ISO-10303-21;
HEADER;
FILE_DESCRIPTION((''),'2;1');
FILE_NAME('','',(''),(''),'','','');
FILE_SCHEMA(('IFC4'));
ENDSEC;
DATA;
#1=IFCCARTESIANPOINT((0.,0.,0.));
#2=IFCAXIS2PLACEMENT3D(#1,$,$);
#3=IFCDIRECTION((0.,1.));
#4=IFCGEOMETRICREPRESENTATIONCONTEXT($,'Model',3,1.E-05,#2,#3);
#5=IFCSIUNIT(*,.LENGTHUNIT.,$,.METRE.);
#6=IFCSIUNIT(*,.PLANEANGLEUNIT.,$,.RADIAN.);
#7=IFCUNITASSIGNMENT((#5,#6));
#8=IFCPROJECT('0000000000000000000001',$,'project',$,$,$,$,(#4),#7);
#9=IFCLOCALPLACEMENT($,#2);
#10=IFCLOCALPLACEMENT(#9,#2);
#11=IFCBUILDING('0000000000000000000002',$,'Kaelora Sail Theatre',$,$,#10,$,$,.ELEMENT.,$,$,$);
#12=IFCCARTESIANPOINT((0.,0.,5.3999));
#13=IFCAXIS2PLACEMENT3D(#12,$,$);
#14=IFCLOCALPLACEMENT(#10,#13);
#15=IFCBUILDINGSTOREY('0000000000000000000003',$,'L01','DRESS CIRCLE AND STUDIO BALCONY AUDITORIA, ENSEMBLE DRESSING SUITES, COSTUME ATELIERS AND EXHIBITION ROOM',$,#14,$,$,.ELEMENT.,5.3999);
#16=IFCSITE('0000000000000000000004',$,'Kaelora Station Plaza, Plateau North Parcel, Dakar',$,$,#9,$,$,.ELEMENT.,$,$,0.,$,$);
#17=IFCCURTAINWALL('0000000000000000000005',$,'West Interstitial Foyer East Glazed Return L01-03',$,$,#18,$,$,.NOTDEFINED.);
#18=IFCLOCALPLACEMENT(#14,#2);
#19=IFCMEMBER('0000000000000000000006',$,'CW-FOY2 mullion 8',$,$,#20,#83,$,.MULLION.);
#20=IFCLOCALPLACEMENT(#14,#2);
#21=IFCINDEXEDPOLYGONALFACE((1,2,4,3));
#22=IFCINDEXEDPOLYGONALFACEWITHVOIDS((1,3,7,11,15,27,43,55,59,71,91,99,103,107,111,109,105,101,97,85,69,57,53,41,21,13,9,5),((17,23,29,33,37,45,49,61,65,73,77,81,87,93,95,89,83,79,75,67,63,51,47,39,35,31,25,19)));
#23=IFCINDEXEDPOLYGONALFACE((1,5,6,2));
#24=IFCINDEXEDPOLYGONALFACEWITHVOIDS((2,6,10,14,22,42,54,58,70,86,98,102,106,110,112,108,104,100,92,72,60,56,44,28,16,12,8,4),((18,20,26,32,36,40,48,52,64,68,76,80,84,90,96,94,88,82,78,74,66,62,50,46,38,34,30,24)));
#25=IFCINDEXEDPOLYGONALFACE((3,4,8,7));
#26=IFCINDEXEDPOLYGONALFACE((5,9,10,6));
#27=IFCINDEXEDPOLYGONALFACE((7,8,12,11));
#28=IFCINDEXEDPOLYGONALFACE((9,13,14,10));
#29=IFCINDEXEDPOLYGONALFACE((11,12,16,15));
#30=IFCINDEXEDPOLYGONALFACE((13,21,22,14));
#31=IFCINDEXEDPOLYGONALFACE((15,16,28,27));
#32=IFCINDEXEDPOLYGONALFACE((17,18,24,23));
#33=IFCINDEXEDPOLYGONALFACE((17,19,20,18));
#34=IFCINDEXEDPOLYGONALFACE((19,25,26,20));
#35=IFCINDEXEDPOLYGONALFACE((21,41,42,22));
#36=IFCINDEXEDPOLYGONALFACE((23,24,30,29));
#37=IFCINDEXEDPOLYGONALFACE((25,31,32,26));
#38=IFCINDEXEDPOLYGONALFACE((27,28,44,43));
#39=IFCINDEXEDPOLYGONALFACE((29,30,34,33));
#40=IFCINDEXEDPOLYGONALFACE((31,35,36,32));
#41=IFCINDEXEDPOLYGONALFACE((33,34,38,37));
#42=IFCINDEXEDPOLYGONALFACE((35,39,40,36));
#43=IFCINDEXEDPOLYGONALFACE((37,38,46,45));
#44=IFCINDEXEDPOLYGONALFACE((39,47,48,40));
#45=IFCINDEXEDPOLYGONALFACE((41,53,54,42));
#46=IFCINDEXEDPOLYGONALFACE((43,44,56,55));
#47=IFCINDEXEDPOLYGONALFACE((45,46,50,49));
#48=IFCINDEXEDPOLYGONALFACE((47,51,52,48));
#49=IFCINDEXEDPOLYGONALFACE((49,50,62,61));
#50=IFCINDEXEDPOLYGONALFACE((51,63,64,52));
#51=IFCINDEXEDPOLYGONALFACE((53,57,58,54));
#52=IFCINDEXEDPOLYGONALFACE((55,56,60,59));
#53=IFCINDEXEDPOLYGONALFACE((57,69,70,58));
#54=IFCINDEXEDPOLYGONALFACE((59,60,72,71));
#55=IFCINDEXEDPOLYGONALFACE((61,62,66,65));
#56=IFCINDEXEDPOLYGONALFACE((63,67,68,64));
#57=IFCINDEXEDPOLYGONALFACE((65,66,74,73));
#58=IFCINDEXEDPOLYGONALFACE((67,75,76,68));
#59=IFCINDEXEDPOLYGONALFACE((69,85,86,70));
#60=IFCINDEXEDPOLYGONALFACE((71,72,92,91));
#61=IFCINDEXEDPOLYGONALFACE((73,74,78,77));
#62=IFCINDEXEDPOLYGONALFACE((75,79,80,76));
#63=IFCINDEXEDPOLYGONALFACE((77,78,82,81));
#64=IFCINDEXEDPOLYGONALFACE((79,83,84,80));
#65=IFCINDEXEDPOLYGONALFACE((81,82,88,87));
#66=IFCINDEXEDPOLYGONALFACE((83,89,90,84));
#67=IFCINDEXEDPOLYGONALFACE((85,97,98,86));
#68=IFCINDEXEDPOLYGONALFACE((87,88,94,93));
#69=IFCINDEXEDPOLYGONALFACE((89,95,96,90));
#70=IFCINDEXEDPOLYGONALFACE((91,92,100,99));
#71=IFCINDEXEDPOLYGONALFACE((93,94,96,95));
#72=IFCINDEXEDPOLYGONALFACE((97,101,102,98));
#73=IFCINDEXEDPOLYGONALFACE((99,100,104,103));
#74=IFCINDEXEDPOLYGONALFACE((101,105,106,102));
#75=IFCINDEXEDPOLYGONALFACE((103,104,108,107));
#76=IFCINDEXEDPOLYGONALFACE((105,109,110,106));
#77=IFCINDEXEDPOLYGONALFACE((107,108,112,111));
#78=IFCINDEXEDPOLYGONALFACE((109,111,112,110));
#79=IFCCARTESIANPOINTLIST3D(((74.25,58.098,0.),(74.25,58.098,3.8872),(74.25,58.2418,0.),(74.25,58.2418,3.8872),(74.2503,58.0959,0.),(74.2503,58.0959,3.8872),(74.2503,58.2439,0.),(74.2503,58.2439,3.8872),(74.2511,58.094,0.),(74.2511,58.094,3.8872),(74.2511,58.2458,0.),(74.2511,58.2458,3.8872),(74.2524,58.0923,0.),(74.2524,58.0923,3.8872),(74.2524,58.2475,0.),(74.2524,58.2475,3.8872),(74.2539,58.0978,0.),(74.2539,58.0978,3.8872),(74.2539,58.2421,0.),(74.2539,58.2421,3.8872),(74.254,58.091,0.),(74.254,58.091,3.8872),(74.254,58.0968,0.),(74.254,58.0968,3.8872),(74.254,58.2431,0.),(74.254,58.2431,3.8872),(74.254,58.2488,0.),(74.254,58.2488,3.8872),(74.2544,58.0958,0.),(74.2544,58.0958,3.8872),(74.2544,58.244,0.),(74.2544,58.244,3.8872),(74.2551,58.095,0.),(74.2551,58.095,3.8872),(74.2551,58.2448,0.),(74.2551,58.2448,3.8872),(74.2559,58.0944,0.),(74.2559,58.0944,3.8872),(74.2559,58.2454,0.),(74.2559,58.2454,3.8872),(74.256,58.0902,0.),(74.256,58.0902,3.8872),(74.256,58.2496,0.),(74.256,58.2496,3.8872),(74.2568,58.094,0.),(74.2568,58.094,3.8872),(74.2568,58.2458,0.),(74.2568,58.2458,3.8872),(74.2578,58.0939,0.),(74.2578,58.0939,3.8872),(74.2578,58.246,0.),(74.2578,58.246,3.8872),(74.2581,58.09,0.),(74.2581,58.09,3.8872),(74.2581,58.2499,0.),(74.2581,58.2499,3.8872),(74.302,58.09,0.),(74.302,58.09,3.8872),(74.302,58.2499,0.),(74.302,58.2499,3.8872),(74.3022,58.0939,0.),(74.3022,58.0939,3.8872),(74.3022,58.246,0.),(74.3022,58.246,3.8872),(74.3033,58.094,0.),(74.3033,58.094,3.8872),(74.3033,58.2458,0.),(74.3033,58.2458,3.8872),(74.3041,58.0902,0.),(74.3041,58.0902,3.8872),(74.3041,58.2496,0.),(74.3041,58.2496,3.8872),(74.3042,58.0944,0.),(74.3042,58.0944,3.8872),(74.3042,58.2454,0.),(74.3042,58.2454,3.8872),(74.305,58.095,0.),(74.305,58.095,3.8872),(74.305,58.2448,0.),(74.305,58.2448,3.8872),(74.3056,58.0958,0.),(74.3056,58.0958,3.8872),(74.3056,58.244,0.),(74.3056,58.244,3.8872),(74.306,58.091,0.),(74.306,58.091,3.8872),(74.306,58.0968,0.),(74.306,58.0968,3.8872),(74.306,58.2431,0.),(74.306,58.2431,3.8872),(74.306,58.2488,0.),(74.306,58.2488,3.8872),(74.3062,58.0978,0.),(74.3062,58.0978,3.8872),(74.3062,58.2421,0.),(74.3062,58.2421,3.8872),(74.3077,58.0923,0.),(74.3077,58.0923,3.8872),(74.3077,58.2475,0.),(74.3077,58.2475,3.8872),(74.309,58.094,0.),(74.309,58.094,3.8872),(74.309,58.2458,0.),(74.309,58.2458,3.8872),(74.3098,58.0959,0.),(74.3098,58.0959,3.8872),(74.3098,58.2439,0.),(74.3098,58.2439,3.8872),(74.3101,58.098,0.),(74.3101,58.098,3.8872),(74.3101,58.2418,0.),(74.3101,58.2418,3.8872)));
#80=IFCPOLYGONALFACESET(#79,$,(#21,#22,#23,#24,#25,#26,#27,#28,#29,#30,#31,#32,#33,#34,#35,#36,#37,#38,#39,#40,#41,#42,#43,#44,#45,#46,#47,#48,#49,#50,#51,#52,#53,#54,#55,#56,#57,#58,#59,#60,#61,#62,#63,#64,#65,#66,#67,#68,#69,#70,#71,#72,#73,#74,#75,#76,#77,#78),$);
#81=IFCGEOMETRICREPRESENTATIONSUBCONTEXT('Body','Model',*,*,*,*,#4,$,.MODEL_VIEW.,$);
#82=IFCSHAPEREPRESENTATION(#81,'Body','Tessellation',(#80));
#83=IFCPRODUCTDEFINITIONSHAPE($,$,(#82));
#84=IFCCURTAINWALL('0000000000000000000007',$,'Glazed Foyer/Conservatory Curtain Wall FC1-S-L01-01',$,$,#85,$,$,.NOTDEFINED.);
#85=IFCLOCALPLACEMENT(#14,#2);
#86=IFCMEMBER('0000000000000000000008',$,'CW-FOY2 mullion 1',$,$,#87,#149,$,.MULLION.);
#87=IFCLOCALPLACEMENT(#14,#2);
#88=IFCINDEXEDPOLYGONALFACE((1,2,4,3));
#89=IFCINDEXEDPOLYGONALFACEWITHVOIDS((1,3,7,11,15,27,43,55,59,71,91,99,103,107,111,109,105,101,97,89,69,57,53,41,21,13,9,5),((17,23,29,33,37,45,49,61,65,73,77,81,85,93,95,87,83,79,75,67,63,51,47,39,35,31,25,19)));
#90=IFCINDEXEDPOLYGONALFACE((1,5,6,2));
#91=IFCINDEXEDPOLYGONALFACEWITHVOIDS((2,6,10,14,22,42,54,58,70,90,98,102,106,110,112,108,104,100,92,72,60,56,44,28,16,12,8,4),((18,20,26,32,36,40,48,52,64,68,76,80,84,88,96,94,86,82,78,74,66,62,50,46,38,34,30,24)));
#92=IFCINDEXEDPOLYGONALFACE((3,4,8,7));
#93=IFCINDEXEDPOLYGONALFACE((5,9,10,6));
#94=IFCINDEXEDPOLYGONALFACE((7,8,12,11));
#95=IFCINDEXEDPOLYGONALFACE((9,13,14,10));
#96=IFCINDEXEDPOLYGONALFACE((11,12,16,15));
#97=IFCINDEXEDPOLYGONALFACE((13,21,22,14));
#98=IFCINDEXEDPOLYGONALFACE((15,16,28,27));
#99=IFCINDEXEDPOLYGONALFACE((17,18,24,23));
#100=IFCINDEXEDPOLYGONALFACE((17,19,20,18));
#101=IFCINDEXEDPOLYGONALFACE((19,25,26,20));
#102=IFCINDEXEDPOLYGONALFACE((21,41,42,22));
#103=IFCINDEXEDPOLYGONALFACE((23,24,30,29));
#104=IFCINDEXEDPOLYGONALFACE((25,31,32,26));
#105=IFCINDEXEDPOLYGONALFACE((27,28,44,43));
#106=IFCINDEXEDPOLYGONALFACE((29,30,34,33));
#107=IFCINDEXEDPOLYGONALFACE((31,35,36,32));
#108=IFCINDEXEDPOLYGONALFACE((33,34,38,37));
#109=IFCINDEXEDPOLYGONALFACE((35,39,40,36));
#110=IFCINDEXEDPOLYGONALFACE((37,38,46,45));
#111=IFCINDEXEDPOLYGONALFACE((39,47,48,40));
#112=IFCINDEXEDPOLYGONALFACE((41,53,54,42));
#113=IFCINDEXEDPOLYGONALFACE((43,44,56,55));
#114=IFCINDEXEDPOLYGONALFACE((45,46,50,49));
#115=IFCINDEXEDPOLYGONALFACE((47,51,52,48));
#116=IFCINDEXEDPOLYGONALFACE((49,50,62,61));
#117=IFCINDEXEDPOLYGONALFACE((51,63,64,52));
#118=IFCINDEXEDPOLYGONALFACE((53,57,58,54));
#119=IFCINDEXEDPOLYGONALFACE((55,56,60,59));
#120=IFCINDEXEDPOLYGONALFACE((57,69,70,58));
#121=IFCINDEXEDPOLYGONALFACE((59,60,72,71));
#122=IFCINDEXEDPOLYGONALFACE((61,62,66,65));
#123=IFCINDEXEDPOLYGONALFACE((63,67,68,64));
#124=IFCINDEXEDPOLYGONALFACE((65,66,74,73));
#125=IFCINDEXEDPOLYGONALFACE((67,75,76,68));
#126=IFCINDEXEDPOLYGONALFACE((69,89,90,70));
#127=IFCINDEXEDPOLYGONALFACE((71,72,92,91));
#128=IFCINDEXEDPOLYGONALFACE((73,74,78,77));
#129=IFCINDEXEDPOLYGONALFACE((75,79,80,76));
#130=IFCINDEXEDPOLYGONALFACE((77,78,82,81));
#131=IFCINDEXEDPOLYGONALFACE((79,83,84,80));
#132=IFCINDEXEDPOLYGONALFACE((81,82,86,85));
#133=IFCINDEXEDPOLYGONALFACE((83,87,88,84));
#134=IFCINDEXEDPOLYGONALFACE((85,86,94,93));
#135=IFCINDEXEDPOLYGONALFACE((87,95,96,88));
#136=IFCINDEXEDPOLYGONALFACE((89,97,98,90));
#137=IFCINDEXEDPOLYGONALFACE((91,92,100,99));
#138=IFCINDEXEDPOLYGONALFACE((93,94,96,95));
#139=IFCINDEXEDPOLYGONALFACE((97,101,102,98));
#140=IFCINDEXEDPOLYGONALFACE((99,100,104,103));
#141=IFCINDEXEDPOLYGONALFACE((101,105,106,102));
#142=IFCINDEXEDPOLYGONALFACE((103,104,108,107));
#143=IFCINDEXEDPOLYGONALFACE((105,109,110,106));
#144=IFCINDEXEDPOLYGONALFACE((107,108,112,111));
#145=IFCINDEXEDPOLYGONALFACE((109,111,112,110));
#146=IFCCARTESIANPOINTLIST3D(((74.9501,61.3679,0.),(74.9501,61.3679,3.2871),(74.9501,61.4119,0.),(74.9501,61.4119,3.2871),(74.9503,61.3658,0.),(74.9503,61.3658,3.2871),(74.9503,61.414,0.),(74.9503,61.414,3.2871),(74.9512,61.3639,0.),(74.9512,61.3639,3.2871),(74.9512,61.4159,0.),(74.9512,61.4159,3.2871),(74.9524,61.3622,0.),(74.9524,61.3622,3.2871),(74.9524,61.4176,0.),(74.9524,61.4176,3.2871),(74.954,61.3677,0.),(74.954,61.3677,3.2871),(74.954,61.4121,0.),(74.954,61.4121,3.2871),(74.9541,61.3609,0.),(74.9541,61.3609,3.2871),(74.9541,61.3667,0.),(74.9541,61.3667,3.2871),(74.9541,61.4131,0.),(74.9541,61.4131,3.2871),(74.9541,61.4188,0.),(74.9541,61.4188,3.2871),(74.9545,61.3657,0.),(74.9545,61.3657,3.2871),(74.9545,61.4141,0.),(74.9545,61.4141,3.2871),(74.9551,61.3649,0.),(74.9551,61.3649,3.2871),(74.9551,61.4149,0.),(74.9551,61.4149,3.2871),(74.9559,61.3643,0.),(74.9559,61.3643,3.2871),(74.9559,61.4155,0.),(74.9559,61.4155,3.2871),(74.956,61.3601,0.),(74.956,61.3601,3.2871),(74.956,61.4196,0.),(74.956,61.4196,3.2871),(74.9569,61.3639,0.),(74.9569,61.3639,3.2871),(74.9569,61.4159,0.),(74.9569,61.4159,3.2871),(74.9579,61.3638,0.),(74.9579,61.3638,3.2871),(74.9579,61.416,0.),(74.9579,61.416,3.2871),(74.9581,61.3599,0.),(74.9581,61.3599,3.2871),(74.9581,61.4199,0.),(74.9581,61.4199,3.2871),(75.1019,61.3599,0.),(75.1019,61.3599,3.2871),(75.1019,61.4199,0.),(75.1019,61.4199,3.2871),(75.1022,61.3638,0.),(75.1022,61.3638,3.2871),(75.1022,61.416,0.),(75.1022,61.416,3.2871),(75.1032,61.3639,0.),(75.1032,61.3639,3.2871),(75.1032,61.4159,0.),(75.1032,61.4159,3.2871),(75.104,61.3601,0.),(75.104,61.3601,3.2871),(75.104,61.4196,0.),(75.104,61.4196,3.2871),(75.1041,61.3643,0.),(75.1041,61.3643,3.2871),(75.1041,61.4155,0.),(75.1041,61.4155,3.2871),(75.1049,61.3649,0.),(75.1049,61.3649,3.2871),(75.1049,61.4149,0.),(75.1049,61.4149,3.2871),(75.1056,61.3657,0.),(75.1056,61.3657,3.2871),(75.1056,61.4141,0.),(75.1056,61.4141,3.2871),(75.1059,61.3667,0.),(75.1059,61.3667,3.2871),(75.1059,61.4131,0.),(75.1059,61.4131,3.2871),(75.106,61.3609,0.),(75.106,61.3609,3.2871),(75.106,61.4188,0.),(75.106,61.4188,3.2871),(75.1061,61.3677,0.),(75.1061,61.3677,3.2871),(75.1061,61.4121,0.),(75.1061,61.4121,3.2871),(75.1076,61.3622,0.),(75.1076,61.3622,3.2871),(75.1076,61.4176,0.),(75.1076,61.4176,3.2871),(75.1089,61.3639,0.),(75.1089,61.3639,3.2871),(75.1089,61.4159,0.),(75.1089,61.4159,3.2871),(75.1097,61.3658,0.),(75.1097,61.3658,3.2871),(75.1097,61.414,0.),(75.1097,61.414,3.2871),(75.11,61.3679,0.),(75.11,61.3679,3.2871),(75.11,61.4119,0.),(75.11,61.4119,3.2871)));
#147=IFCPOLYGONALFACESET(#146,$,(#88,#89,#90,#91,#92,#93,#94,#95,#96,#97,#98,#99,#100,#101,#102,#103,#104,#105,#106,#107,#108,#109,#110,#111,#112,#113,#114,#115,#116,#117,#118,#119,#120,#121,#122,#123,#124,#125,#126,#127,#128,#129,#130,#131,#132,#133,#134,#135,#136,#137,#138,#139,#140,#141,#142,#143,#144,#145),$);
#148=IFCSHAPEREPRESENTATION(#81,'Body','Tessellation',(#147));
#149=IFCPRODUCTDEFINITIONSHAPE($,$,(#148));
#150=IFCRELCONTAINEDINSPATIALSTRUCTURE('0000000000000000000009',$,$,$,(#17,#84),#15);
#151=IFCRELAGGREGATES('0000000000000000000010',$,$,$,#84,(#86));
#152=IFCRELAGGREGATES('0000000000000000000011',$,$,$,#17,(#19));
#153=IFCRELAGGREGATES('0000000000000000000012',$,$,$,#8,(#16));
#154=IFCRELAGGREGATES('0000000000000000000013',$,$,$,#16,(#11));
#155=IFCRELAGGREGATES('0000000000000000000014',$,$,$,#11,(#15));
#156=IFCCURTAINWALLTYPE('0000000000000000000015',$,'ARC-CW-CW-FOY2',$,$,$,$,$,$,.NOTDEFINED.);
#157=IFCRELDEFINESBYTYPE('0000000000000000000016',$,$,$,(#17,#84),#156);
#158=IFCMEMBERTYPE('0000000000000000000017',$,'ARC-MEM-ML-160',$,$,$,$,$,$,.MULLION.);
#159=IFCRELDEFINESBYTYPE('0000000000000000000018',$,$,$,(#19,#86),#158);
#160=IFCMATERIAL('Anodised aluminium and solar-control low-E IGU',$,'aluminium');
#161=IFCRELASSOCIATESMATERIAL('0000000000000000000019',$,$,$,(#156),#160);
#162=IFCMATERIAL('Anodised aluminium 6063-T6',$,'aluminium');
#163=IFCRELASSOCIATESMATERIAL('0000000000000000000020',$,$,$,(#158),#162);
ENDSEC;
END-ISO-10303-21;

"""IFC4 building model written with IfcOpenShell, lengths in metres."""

from ifc_helpers import new_model, si_unit, direction, frame, origin, origin_2d, place, context, subcontext, project, spatial, hollow_rectangle, extrude, material, material_profile, profile_set, type_object, element, aggregate, save


model = new_model("IFC4")

# Units and contexts
model_context = context("Model", 3, precision=1e-05, world=origin(), true_north=direction((0.0, 1.0)))
body_context = subcontext(model_context, "Body", "Model", "MODEL_VIEW")
ifc_project = project(units=[si_unit("LENGTHUNIT", "METRE"), si_unit("PLANEANGLEUNIT", "RADIAN")], contexts=[model_context])

# Site, building, storey
site_placement = place(None, origin())
site = spatial("IfcSite", under=ifc_project, at=site_placement, Name="Kaelora Station Plaza, Plateau North Parcel, Dakar", CompositionType="ELEMENT", RefElevation=0.0)
building_placement = place(site_placement, origin())
building = spatial("IfcBuilding", under=site, at=building_placement, Name="Kaelora Sail Theatre", CompositionType="ELEMENT")
storey_placement = place(building_placement, frame((0.0, 0.0, 5.3999)))
storey = spatial("IfcBuildingStorey", under=building, at=storey_placement, Name="L01", Description="DRESS CIRCLE AND STUDIO BALCONY AUDITORIA, ENSEMBLE DRESSING SUITES, COSTUME ATELIERS AND EXHIBITION ROOM", CompositionType="ELEMENT", Elevation=5.3999)

# Curtain wall, member
ifc_material_1 = material(Name="Anodised aluminium and solar-control low-E IGU", Category="aluminium")
curtain_wall_type = type_object("IfcCurtainWallType", Name="ARC-CW-CW-FOY2", PredefinedType="NOTDEFINED", material=ifc_material_1)
curtain_wall_1_placement = place(storey_placement, origin())
curtain_wall_1 = element("IfcCurtainWall", 1, at=curtain_wall_1_placement, inside=storey, type_object=curtain_wall_type, Name="West Interstitial Foyer East Glazed Return L01-03", PredefinedType="NOTDEFINED")
ifc_material_2 = material(Name="Anodised aluminium 6063-T6", Category="aluminium")
ifc_material_profile_1 = material_profile(ifc_material_2, hollow_rectangle(XDim=0.0601, YDim=0.1599, WallThickness=0.0039, InnerFilletRadius=0.0039, OuterFilletRadius=0.0081, at=origin_2d()), Name="ALU-MULL 60x160x4")
ifc_profile_set_1 = profile_set([ifc_material_profile_1], Name="Anodised aluminium 6063-T6")
member_type_1 = type_object("IfcMemberType", Name="ARC-MEM-ML-160", PredefinedType="MULLION", material=ifc_profile_set_1)
member_1_placement = place(storey_placement, frame((74.28, 58.1699, 0.0), z_axis=(0.0, 0.0, 1.0), x_axis=(-1.0, 0.0, 0.0)))
member_1 = element("IfcMember", 2, at=member_1_placement, type_object=member_type_1, Name="CW-FOY2 mullion 8", PredefinedType="MULLION", context=body_context, shape_type="SweptSolid", body=[
    extrude(hollow_rectangle(XDim=0.0601, YDim=0.1599, WallThickness=0.0039, InnerFilletRadius=0.0039, OuterFilletRadius=0.0081, at=origin_2d()), origin(), (0.0, 0.0, 1.0), 3.8872),
])

# Curtain wall, member
curtain_wall_2_placement = place(storey_placement, origin())
curtain_wall_2 = element("IfcCurtainWall", 3, at=curtain_wall_2_placement, inside=storey, type_object=curtain_wall_type, Name="Glazed Foyer/Conservatory Curtain Wall FC1-S-L01-01", PredefinedType="NOTDEFINED")
member_2_placement = place(storey_placement, frame((75.03, 61.3899, 0.0), z_axis=(0.0, 0.0, 1.0), x_axis=(0.0, 1.0, 0.0)))
member_2 = element("IfcMember", 4, at=member_2_placement, type_object=member_type_1, Name="CW-FOY2 mullion 1", PredefinedType="MULLION", context=body_context, shape_type="SweptSolid", body=[
    extrude(hollow_rectangle(XDim=0.0601, YDim=0.1599, WallThickness=0.0039, InnerFilletRadius=0.0039, OuterFilletRadius=0.0081, at=origin_2d()), origin(), (0.0, 0.0, 1.0), 3.2871),
])

aggregate(curtain_wall_2, [member_2])

aggregate(curtain_wall_1, [member_1])

save(model, "model.ifc")
